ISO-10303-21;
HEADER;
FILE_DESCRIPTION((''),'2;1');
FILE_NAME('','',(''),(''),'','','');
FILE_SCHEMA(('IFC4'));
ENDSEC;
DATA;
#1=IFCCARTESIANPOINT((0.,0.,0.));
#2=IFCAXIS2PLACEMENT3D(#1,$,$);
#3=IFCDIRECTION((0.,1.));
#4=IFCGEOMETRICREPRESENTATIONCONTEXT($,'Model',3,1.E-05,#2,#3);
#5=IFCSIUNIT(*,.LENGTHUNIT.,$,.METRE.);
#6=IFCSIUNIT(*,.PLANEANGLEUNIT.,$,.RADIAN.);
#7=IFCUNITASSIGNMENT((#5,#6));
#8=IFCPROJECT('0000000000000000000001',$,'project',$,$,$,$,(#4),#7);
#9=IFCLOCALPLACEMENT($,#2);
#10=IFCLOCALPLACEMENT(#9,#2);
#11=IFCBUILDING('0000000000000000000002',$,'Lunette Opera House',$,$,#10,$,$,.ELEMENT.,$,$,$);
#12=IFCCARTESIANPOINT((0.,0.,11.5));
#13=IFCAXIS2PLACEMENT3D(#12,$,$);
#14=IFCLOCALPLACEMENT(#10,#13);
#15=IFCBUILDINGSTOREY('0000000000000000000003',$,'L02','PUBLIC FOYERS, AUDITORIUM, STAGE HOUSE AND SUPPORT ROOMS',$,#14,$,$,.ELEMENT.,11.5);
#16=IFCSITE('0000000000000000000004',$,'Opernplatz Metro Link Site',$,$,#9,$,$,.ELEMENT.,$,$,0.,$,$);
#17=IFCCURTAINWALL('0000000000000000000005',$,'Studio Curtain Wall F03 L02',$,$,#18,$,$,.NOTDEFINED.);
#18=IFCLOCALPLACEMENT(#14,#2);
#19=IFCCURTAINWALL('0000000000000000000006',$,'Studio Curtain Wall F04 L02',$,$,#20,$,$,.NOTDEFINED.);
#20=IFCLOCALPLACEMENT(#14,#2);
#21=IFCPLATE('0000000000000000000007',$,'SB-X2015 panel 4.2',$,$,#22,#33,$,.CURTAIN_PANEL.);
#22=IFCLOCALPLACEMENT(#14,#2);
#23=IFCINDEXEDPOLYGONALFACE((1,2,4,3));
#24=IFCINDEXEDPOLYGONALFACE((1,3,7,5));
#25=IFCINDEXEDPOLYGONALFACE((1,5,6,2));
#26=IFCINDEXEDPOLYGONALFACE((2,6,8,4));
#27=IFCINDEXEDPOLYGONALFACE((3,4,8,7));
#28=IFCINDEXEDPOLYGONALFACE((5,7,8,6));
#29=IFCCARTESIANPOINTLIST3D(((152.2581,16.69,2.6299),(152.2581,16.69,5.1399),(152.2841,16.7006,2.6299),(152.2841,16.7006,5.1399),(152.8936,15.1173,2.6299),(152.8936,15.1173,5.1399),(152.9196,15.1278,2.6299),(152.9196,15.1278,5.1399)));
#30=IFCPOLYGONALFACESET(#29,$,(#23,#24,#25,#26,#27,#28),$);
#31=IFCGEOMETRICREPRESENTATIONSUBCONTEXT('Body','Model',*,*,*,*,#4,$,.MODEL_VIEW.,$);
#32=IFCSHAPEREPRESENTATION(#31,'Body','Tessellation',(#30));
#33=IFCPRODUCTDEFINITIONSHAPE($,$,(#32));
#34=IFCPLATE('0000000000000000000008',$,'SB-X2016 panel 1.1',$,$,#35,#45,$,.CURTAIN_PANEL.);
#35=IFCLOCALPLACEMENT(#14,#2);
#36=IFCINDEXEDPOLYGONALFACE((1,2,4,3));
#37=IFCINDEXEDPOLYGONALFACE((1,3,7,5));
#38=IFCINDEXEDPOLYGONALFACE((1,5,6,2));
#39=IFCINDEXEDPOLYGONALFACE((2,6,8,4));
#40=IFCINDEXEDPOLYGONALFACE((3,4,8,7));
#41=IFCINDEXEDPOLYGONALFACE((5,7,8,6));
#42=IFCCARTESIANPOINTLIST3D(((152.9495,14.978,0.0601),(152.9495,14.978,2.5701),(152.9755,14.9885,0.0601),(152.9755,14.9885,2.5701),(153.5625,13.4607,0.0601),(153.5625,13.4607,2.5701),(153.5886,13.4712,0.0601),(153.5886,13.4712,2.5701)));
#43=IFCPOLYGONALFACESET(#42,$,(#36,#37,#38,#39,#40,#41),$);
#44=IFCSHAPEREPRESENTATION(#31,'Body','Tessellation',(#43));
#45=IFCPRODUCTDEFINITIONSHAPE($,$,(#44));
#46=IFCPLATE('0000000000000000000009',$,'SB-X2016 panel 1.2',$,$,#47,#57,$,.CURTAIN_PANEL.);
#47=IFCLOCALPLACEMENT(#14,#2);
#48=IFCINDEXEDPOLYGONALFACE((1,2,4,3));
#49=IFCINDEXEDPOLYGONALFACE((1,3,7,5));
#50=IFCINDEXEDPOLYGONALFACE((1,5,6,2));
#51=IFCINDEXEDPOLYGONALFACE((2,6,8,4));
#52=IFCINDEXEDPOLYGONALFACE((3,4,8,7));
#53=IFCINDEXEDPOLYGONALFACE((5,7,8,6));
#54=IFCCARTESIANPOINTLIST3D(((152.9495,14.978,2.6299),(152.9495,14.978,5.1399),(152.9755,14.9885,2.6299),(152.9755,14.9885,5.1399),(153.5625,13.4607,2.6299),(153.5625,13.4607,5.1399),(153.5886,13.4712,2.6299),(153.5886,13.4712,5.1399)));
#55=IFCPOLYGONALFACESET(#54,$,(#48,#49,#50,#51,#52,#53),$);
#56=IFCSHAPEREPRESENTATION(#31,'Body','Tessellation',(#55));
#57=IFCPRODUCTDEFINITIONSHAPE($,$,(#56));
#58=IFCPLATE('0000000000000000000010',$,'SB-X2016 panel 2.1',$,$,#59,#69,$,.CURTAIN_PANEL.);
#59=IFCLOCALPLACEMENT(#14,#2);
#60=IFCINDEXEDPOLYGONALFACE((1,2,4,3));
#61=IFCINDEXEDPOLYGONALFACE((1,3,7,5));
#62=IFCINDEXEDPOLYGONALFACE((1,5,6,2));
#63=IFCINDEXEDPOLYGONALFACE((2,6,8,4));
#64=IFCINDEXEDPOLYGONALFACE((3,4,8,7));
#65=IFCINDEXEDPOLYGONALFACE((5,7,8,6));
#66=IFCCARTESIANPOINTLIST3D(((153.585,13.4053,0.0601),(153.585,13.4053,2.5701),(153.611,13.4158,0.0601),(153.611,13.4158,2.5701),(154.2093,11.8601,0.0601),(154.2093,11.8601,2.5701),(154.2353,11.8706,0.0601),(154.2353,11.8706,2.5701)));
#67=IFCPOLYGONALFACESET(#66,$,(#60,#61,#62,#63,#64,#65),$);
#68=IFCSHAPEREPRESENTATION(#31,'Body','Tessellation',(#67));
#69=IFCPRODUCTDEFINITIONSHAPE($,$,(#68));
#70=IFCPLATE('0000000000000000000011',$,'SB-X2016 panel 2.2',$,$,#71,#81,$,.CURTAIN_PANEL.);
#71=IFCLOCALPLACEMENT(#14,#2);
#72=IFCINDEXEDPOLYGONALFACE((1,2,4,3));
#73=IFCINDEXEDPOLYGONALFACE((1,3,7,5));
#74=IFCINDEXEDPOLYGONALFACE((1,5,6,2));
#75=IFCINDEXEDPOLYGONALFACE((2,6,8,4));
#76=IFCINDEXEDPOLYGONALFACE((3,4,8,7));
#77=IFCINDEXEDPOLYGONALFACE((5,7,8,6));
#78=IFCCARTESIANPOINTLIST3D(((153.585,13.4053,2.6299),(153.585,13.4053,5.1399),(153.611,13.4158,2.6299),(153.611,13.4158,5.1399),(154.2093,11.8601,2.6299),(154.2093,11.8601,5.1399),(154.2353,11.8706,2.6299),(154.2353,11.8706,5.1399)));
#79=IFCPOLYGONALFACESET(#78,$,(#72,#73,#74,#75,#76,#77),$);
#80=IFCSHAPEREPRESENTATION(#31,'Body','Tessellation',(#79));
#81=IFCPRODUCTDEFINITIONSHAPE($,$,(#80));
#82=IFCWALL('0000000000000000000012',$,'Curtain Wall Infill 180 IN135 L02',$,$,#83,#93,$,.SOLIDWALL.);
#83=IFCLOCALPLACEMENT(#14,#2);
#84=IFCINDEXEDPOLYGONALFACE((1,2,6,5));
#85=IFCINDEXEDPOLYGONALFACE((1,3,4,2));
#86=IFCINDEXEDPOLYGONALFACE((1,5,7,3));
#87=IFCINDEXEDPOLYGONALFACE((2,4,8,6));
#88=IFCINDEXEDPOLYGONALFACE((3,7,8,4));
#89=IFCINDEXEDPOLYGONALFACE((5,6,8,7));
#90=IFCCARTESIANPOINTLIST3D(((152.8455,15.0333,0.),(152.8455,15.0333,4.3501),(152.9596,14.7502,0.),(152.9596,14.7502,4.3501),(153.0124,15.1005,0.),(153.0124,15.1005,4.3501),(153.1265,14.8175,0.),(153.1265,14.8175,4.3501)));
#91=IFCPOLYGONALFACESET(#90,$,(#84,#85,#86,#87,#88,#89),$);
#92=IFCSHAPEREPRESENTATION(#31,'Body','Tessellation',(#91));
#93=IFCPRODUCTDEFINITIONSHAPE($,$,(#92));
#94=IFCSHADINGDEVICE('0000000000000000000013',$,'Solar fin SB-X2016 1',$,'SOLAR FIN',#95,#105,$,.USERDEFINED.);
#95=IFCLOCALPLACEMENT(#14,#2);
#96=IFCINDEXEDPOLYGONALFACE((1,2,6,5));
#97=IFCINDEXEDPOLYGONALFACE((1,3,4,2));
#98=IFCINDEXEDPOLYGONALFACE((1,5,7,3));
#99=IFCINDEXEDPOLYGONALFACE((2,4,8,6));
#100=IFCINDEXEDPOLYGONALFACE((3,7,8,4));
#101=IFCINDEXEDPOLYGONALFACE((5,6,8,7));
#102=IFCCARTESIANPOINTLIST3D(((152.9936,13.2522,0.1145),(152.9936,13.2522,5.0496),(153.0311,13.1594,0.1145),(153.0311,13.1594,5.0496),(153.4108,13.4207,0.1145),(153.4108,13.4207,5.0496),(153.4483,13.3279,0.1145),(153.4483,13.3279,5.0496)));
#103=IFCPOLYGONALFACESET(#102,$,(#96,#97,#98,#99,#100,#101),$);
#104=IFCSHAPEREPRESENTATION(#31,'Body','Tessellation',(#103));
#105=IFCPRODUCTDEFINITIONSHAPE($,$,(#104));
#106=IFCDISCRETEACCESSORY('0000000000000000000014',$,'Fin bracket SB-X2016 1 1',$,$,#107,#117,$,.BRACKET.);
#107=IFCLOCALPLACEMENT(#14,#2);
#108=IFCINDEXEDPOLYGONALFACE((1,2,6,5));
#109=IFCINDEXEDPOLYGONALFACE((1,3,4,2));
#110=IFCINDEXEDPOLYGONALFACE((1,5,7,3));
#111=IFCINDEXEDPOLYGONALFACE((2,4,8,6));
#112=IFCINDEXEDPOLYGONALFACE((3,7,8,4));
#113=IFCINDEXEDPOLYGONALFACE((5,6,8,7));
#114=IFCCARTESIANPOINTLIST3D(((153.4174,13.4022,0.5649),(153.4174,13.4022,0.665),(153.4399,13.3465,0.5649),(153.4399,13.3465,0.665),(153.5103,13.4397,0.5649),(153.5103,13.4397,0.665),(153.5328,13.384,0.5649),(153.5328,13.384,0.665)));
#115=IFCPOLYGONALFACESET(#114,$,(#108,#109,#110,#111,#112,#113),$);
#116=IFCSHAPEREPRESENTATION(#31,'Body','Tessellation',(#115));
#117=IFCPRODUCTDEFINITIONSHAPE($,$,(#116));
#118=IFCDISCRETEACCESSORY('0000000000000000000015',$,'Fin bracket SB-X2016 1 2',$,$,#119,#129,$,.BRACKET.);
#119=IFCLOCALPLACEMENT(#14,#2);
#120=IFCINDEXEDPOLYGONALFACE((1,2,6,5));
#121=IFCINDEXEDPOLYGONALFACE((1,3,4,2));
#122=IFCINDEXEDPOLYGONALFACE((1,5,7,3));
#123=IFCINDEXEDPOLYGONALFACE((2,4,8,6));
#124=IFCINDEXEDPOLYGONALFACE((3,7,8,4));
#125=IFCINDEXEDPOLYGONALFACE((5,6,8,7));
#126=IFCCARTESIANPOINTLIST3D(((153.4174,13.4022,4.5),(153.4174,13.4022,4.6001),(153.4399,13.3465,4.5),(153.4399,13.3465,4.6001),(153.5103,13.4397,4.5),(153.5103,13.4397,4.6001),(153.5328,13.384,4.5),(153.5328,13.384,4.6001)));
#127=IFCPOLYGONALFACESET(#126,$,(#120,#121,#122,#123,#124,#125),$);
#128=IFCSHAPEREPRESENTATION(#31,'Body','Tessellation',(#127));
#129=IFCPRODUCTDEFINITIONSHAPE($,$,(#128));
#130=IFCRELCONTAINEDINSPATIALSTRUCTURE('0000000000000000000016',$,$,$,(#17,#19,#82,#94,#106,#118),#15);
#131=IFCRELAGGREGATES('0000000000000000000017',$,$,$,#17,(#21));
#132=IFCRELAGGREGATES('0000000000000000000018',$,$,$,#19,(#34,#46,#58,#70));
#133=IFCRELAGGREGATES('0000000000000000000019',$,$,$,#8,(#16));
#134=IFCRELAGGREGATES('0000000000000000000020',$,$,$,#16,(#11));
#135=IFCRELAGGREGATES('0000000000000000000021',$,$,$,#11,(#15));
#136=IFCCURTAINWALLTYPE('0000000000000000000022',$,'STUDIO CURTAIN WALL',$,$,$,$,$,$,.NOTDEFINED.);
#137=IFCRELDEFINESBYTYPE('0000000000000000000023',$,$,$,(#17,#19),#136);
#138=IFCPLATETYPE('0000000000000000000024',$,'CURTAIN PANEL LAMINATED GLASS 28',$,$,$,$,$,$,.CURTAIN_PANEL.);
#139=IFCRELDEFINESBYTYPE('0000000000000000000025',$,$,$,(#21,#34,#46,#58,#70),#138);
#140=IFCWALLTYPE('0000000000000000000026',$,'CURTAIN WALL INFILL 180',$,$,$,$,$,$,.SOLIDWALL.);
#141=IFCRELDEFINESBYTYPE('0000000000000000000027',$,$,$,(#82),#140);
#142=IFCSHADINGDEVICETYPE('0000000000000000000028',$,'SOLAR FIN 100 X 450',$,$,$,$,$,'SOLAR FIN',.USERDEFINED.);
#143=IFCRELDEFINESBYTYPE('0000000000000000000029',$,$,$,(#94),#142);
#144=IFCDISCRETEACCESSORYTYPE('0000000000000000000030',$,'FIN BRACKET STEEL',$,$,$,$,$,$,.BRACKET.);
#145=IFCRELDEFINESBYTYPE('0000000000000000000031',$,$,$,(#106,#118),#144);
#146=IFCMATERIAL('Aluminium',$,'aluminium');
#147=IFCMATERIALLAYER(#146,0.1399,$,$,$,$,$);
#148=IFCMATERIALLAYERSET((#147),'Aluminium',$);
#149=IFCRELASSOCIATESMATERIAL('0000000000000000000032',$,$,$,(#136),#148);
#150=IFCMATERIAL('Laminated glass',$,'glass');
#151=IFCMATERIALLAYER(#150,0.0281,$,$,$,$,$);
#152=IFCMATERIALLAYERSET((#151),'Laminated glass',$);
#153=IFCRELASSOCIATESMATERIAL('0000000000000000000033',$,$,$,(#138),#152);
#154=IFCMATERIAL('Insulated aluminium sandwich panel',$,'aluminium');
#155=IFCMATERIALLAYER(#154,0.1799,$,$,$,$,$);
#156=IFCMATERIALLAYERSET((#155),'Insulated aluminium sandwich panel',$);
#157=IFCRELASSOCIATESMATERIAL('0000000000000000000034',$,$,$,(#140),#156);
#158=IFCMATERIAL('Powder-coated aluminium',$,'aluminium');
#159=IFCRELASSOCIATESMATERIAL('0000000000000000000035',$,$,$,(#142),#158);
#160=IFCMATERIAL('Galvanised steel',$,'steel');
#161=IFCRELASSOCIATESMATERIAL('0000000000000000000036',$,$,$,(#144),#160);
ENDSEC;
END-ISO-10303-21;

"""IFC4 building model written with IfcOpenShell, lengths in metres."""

from ifc_helpers import new_model, si_unit, direction, frame, frame_2d, origin, origin_2d, place, context, subcontext, project, spatial, rectangle, extrude, material, layer, layer_set, type_object, element, aggregate, save


model = new_model("IFC4")

# Units and contexts
model_context = context("Model", 3, precision=1e-05, world=origin(), true_north=direction((0.0, 1.0)))
body_context = subcontext(model_context, "Body", "Model", "MODEL_VIEW")
ifc_project = project(units=[si_unit("LENGTHUNIT", "METRE"), si_unit("PLANEANGLEUNIT", "RADIAN")], contexts=[model_context])

# Site, building, storey
site_placement = place(None, origin())
site = spatial("IfcSite", under=ifc_project, at=site_placement, Name="Opernplatz Metro Link Site", CompositionType="ELEMENT", RefElevation=0.0)
building_placement = place(site_placement, origin())
building = spatial("IfcBuilding", under=site, at=building_placement, Name="Lunette Opera House", CompositionType="ELEMENT")
storey_placement = place(building_placement, frame((0.0, 0.0, 11.5)))
storey = spatial("IfcBuildingStorey", under=building, at=storey_placement, Name="L02", Description="PUBLIC FOYERS, AUDITORIUM, STAGE HOUSE AND SUPPORT ROOMS", CompositionType="ELEMENT", Elevation=11.5)

# Curtain wall
ifc_material_1 = material(Name="Aluminium", Category="aluminium")
ifc_layer_1 = layer(ifc_material_1, 0.1399)
ifc_layer_set_1 = layer_set([ifc_layer_1], Name="Aluminium")
curtain_wall_type = type_object("IfcCurtainWallType", Name="STUDIO CURTAIN WALL", PredefinedType="NOTDEFINED", material=ifc_layer_set_1)
curtain_wall_1_placement = place(storey_placement, origin())
curtain_wall_1 = element("IfcCurtainWall", 1, at=curtain_wall_1_placement, inside=storey, type_object=curtain_wall_type, Name="Studio Curtain Wall F03 L02", PredefinedType="NOTDEFINED")

# Curtain wall
curtain_wall_2_placement = place(storey_placement, origin())
curtain_wall_2 = element("IfcCurtainWall", 2, at=curtain_wall_2_placement, inside=storey, type_object=curtain_wall_type, Name="Studio Curtain Wall F04 L02", PredefinedType="NOTDEFINED")

# Plates
ifc_material_2 = material(Name="Laminated glass", Category="glass")
ifc_layer_2 = layer(ifc_material_2, 0.0281)
ifc_layer_set_2 = layer_set([ifc_layer_2], Name="Laminated glass")
plate_type = type_object("IfcPlateType", Name="CURTAIN PANEL LAMINATED GLASS 28", PredefinedType="CURTAIN_PANEL", material=ifc_layer_set_2)
plate_1_placement = place(storey_placement, frame((152.5889, 15.9089, 2.6299), z_axis=(0.0, 0.0, 1.0), x_axis=(0.374646, -0.927168, 0.0)))
plate_1 = element("IfcPlate", 3, at=plate_1_placement, type_object=plate_type, Name="SB-X2015 panel 4.2", PredefinedType="CURTAIN_PANEL", context=body_context, shape_type="SweptSolid", body=[
    extrude(rectangle(XDim=1.6963, YDim=0.0281, at=origin_2d()), origin(), (0.0, 0.0, 1.0), 2.51),
])
aggregate(curtain_wall_1, [plate_1])
plate_2_placement = place(storey_placement, frame((153.269, 14.2246, 0.0601), z_axis=(0.0, 0.0, 1.0), x_axis=(0.374609, -0.927183, 0.0)))
plate_2 = element("IfcPlate", 4, at=plate_2_placement, type_object=plate_type, Name="SB-X2016 panel 1.1", PredefinedType="CURTAIN_PANEL", context=body_context, shape_type="SweptSolid", body=[
    extrude(rectangle(XDim=1.6365, YDim=0.0281, at=origin_2d()), origin(), (0.0, 0.0, 1.0), 2.51),
])
plate_3_placement = place(storey_placement, frame((153.269, 14.2246, 2.6299), z_axis=(0.0, 0.0, 1.0), x_axis=(0.374609, -0.927183, 0.0)))
plate_3 = element("IfcPlate", 5, at=plate_3_placement, type_object=plate_type, Name="SB-X2016 panel 1.2", PredefinedType="CURTAIN_PANEL", context=body_context, shape_type="SweptSolid", body=[
    extrude(rectangle(XDim=1.6365, YDim=0.0281, at=origin_2d()), origin(), (0.0, 0.0, 1.0), 2.51),
])
plate_4_placement = place(storey_placement, frame((153.9102, 12.6379, 0.0601), z_axis=(0.0, 0.0, 1.0), x_axis=(0.374609, -0.927183, 0.0)))
plate_4 = element("IfcPlate", 6, at=plate_4_placement, type_object=plate_type, Name="SB-X2016 panel 2.1", PredefinedType="CURTAIN_PANEL", context=body_context, shape_type="SweptSolid", body=[
    extrude(rectangle(XDim=1.6665, YDim=0.0281, at=origin_2d()), origin(), (0.0, 0.0, 1.0), 2.51),
])
plate_5_placement = place(storey_placement, frame((153.9102, 12.6379, 2.6299), z_axis=(0.0, 0.0, 1.0), x_axis=(0.374609, -0.927183, 0.0)))
plate_5 = element("IfcPlate", 7, at=plate_5_placement, type_object=plate_type, Name="SB-X2016 panel 2.2", PredefinedType="CURTAIN_PANEL", context=body_context, shape_type="SweptSolid", body=[
    extrude(rectangle(XDim=1.6665, YDim=0.0281, at=origin_2d()), origin(), (0.0, 0.0, 1.0), 2.51),
])
aggregate(curtain_wall_2, [plate_2, plate_3, plate_4, plate_5])

# Wall
ifc_material_3 = material(Name="Insulated aluminium sandwich panel", Category="aluminium")
ifc_layer_3 = layer(ifc_material_3, 0.1799)
ifc_layer_set_3 = layer_set([ifc_layer_3], Name="Insulated aluminium sandwich panel")
wall_type = type_object("IfcWallType", Name="CURTAIN WALL INFILL 180", PredefinedType="SOLIDWALL", material=ifc_layer_set_3)
wall_placement = place(storey_placement, frame((152.929, 15.0669, 0.0), z_axis=(0.0, 0.0, 1.0), x_axis=(0.373735, -0.927535, 0.0)))
element("IfcWall", 8, at=wall_placement, inside=storey, type_object=wall_type, Name="Curtain Wall Infill 180 IN135 L02", PredefinedType="SOLIDWALL", context=body_context, shape_type="SweptSolid", body=[
    extrude(rectangle(XDim=0.3052, YDim=0.1799, at=frame_2d((0.1526, 0.0))), origin(), (0.0, 0.0, 1.0), 4.3501),
])

# Shading device
ifc_material_4 = material(Name="Powder-coated aluminium", Category="aluminium")
shading_device_type = type_object("IfcShadingDeviceType", Name="SOLAR FIN 100 X 450", ElementType="SOLAR FIN", PredefinedType="USERDEFINED", material=ifc_material_4)
shading_device_placement = place(storey_placement, frame((153.2209, 13.29, 0.1145), z_axis=(0.0, 0.0, 1.0), x_axis=(-0.927183, -0.37461, 0.0)))
element("IfcShadingDevice", 9, at=shading_device_placement, inside=storey, type_object=shading_device_type, Name="Solar fin SB-X2016 1", ObjectType="SOLAR FIN", PredefinedType="USERDEFINED", context=body_context, shape_type="SweptSolid", body=[
    extrude(rectangle(XDim=0.45, YDim=0.1001, at=origin_2d()), origin(), (0.0, 0.0, 1.0), 4.9351),
])

# Discrete accessories
ifc_material_5 = material(Name="Galvanised steel", Category="steel")
discrete_accessory_type = type_object("IfcDiscreteAccessoryType", Name="FIN BRACKET STEEL", PredefinedType="BRACKET", material=ifc_material_5)
for number, where, z_axis, x_axis, name in (
    (10, (153.4751, 13.3931, 0.5649), (0.0, 0.0, 1.0), (-0.927183, -0.37461, 0.0), "Fin bracket SB-X2016 1 1"),
    (11, (153.4751, 13.3931, 4.5), (0.0, 0.0, 1.0), (-0.927183, -0.37461, 0.0), "Fin bracket SB-X2016 1 2"),
):
    element("IfcDiscreteAccessory", number, at=place(storey_placement, frame(where, z_axis=z_axis, x_axis=x_axis)), inside=storey, type_object=discrete_accessory_type, Name=name, PredefinedType="BRACKET", context=body_context, shape_type="SweptSolid", body=[
        extrude(rectangle(XDim=0.1001, YDim=0.0601, at=origin_2d()), origin(), (0.0, 0.0, 1.0), 0.1001),
    ])

save(model, "model.ifc")
